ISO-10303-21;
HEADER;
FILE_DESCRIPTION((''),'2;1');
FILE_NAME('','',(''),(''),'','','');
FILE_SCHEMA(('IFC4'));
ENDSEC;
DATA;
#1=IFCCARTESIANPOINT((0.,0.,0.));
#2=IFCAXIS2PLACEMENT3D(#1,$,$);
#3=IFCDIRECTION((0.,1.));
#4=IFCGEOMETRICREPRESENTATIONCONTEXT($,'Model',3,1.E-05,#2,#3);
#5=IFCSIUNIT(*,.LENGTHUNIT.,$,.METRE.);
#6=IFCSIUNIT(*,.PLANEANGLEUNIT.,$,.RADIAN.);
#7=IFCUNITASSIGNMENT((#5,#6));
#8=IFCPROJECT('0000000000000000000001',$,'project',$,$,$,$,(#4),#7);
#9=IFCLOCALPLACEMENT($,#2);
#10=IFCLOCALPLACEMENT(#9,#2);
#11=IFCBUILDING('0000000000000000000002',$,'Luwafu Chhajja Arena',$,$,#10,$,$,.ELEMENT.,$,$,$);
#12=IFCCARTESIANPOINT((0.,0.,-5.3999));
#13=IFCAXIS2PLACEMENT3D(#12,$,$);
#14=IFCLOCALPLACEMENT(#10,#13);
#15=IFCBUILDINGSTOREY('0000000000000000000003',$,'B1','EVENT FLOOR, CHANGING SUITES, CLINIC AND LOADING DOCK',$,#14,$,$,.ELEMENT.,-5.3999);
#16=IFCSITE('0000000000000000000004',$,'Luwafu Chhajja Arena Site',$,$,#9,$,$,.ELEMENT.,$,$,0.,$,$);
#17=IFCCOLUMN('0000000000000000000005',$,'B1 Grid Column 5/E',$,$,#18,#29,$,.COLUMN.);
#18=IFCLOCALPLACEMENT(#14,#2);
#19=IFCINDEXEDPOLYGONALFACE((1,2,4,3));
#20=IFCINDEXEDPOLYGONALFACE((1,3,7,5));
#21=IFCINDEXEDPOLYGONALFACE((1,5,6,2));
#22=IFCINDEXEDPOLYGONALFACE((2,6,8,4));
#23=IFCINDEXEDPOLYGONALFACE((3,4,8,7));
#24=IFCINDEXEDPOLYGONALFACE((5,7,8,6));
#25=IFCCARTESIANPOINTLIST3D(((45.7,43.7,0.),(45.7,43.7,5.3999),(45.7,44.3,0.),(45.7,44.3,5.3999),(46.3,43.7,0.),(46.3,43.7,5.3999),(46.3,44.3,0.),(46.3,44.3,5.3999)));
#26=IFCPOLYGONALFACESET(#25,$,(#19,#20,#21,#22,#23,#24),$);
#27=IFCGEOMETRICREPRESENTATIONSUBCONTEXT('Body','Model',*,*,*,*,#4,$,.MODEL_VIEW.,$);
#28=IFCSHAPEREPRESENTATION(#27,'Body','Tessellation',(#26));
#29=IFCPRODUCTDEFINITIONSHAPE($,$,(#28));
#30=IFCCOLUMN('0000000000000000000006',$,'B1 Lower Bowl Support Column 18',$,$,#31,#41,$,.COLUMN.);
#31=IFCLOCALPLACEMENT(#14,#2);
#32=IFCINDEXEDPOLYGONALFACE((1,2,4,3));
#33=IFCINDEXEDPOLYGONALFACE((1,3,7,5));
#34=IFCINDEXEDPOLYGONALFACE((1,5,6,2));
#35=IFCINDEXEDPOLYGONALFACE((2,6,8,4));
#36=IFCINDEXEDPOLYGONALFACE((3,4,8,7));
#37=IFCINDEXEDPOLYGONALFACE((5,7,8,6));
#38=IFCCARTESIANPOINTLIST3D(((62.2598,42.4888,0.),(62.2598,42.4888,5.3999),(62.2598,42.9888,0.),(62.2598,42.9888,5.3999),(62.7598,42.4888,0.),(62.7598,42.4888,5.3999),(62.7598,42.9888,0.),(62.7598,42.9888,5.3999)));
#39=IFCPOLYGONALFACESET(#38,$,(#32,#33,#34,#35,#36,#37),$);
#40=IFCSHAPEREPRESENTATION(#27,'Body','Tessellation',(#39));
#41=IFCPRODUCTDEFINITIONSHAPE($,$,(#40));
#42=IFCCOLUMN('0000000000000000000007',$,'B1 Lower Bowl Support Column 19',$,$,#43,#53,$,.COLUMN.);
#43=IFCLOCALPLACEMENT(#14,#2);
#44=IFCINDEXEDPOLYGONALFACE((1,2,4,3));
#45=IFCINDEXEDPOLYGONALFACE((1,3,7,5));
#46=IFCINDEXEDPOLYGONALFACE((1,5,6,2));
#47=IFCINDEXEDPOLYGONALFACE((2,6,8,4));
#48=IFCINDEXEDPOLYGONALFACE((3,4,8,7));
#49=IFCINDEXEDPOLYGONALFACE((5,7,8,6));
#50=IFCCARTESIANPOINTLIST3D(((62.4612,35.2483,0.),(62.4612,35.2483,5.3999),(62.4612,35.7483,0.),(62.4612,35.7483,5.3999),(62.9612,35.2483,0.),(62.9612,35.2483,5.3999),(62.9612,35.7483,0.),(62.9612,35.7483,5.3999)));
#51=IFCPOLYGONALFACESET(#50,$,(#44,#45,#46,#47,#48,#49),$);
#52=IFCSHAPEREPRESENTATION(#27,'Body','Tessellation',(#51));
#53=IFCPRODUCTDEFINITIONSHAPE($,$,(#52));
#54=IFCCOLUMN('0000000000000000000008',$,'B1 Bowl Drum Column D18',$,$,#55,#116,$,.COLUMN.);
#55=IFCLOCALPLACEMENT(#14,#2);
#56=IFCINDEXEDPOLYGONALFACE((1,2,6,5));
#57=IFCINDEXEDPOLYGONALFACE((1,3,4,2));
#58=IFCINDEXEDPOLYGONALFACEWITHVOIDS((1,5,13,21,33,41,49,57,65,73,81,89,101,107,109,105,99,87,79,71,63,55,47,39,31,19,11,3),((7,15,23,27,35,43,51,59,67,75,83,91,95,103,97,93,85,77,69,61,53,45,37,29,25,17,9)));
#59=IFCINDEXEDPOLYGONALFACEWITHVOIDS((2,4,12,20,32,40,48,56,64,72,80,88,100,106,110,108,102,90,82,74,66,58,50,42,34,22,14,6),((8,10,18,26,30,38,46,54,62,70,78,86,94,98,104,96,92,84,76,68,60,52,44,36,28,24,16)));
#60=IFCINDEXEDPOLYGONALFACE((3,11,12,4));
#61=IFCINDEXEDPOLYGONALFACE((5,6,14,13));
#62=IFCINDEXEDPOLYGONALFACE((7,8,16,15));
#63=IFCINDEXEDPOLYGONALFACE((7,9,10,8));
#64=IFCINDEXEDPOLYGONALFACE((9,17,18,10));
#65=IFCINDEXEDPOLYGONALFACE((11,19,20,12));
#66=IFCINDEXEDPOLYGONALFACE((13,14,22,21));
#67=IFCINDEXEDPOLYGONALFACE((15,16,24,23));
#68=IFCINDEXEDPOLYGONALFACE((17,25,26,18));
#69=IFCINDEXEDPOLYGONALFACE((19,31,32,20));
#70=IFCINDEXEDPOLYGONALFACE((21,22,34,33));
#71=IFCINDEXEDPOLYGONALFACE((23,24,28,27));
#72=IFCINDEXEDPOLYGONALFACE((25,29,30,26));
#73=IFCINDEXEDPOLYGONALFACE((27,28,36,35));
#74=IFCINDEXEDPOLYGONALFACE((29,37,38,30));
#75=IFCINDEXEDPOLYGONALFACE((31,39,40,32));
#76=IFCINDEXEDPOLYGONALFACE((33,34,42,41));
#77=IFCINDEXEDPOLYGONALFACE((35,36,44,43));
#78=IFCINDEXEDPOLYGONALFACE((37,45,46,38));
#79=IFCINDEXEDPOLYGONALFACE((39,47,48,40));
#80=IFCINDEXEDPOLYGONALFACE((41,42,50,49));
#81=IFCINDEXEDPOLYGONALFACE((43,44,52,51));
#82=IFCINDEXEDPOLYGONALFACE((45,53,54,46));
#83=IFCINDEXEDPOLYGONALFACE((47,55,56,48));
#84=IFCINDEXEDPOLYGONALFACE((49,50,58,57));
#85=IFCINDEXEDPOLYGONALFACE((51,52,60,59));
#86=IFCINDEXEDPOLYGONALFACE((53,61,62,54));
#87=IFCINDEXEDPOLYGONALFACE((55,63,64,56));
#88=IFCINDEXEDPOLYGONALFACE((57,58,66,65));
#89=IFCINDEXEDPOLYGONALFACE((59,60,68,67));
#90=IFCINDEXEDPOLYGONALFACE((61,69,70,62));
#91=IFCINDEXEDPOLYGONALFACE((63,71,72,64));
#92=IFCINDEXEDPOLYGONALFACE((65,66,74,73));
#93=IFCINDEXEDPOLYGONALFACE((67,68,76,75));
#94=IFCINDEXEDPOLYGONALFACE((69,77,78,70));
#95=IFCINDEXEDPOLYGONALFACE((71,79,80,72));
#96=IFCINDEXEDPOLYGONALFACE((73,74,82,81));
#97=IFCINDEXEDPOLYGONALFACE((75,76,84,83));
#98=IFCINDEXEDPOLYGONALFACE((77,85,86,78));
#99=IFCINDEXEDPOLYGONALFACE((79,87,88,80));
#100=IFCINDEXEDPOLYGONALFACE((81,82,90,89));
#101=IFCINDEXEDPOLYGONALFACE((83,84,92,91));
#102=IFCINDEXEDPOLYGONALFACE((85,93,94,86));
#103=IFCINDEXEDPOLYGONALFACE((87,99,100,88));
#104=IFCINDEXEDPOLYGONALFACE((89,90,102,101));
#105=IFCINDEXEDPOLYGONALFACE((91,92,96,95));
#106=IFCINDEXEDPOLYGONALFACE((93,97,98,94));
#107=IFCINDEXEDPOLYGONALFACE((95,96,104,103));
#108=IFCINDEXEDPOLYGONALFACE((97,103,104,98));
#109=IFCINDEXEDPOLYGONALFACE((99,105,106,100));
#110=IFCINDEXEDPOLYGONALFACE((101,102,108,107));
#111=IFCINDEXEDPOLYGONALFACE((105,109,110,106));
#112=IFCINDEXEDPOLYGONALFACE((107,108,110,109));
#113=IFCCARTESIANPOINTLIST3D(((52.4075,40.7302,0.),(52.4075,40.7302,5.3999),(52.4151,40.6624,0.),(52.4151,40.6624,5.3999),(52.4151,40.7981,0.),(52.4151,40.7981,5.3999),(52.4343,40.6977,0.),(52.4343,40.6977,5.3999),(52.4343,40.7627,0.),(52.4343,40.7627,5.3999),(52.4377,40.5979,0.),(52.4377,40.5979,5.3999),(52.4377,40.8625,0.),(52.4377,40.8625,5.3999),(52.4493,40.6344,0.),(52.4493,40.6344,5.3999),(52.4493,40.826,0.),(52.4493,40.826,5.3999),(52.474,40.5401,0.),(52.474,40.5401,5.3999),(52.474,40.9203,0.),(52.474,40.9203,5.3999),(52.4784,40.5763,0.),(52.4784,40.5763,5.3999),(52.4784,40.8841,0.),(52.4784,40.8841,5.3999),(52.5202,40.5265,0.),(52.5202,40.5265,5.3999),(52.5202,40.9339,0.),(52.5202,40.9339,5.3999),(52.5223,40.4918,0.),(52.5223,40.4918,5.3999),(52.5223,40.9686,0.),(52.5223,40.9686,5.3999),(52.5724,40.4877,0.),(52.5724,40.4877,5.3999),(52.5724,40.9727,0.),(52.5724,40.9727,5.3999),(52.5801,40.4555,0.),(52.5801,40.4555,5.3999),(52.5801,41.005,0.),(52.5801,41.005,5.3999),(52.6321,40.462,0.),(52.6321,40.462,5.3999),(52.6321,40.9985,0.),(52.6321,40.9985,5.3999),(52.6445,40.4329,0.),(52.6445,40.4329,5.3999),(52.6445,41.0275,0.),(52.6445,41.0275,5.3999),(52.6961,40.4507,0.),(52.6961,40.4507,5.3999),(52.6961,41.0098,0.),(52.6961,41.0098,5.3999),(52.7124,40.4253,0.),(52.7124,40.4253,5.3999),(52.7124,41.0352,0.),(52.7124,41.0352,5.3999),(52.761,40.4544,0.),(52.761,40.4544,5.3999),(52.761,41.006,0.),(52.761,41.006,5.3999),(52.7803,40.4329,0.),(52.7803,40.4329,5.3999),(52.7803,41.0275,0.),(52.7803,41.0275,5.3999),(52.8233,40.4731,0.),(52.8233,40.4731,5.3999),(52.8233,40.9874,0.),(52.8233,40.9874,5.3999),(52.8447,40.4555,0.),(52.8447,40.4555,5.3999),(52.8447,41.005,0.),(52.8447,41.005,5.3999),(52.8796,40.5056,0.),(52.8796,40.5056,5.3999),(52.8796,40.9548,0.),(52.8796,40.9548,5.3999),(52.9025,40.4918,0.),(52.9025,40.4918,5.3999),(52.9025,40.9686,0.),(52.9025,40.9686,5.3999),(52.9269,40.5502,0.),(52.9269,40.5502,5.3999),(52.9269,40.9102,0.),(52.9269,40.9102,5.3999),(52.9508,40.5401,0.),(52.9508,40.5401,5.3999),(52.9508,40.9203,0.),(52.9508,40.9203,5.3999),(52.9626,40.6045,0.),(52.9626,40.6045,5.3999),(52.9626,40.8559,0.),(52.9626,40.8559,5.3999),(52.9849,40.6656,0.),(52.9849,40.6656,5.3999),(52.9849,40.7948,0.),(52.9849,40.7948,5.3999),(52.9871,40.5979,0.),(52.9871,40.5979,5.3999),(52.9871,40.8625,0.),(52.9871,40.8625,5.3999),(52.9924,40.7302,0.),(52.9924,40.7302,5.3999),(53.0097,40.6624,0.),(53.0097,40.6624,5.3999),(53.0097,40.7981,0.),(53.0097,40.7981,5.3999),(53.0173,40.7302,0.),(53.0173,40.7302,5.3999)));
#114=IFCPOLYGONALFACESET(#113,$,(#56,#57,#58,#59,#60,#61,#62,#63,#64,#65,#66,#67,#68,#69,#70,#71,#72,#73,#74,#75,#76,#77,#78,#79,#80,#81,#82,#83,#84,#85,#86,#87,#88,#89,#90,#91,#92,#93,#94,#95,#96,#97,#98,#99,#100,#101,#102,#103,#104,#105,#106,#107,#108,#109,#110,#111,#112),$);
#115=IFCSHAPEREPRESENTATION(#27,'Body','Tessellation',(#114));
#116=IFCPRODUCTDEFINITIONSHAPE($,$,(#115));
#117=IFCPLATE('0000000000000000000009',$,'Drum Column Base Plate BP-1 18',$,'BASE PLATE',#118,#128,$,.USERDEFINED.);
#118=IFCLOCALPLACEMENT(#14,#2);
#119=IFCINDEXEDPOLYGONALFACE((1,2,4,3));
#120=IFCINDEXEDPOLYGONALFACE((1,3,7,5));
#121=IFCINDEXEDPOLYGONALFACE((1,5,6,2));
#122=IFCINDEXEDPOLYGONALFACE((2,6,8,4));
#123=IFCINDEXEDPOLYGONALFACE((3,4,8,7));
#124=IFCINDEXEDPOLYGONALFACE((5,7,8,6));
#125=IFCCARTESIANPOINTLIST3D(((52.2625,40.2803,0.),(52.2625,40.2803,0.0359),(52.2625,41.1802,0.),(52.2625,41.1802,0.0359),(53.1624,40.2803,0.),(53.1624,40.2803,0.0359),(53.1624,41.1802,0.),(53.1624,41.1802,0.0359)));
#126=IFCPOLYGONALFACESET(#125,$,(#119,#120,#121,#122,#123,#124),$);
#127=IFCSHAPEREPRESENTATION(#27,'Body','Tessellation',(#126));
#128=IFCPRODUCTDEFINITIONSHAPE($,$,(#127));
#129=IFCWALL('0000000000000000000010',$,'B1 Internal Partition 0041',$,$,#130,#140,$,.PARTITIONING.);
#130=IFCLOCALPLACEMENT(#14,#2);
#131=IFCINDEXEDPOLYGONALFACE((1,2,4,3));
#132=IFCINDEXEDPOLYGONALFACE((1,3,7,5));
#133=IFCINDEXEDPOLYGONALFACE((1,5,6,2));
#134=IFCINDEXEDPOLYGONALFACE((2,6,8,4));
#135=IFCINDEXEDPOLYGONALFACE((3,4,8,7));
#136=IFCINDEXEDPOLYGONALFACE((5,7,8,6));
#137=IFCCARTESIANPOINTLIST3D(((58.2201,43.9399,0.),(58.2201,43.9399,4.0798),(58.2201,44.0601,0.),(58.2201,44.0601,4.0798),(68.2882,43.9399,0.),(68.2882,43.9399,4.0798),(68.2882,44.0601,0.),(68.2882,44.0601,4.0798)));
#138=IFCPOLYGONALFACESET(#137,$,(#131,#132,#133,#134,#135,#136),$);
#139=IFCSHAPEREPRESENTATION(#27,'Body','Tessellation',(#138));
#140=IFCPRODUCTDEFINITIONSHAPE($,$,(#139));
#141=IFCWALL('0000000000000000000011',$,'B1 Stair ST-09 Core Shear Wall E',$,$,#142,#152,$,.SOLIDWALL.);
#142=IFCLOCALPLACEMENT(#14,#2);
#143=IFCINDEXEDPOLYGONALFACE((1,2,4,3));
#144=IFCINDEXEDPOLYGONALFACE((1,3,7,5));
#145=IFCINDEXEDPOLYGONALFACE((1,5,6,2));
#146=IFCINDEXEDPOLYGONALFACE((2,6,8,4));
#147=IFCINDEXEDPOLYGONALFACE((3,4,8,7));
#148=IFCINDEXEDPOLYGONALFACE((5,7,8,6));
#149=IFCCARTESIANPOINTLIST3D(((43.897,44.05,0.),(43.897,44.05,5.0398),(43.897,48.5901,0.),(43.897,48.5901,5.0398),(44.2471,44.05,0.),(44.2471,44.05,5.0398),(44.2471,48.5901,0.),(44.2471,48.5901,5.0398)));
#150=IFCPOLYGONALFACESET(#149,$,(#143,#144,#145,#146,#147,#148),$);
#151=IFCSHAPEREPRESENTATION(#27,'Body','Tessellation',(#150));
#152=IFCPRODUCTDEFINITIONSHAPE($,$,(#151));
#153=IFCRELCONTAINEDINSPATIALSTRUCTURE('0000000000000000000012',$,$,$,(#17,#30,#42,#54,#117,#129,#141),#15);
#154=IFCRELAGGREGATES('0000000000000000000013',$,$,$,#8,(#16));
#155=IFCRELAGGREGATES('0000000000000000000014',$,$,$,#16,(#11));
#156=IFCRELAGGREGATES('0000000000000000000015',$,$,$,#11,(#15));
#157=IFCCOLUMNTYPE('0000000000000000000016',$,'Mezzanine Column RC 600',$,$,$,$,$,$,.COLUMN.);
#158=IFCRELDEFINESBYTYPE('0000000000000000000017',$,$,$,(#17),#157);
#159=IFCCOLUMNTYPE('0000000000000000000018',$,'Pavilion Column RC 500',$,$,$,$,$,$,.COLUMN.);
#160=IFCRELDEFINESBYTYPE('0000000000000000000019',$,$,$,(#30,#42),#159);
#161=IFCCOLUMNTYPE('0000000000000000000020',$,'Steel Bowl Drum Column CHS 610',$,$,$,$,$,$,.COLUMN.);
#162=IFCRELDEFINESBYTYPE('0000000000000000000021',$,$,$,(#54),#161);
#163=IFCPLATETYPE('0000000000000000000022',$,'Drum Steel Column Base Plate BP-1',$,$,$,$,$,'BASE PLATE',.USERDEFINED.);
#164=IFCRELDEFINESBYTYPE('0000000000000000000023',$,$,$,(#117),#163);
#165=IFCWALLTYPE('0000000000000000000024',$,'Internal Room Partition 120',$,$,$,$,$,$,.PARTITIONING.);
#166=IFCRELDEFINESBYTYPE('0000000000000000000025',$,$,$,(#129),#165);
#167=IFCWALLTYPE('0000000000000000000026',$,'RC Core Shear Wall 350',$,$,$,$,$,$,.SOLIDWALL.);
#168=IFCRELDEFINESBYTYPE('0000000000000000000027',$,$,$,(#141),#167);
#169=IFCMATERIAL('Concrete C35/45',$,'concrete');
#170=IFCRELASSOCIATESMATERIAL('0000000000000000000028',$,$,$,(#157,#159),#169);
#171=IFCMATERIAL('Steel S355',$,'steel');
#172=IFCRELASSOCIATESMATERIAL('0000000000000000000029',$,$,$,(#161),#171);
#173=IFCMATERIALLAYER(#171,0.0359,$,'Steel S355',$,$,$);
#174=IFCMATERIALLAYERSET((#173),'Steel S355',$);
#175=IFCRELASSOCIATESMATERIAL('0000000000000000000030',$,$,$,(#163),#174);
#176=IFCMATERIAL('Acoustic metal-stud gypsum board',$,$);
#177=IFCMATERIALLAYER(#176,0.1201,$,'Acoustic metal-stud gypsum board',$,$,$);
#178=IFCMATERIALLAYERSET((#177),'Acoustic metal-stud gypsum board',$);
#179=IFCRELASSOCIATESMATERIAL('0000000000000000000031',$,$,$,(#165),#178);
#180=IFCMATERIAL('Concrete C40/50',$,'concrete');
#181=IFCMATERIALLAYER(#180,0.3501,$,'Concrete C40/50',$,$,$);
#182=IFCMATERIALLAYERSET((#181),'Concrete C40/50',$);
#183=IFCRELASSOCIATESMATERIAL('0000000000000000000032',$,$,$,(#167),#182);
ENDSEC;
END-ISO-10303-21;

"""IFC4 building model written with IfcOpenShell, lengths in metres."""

from ifc_helpers import new_model, si_unit, direction, frame, frame_2d, origin, origin_2d, place, context, subcontext, project, spatial, rectangle, hollow_circle, extrude, material, layer, layer_set, material_profile, profile_set, type_object, element, save


model = new_model("IFC4")

# Units and contexts
model_context = context("Model", 3, precision=1e-05, world=origin(), true_north=direction((0.0, 1.0)))
body_context = subcontext(model_context, "Body", "Model", "MODEL_VIEW")
ifc_project = project(units=[si_unit("LENGTHUNIT", "METRE"), si_unit("PLANEANGLEUNIT", "RADIAN")], contexts=[model_context])

# Site, building, storey
site_placement = place(None, origin())
site = spatial("IfcSite", under=ifc_project, at=site_placement, Name="Luwafu Chhajja Arena Site", CompositionType="ELEMENT", RefElevation=0.0)
building_placement = place(site_placement, origin())
building = spatial("IfcBuilding", under=site, at=building_placement, Name="Luwafu Chhajja Arena", CompositionType="ELEMENT")
storey_placement = place(building_placement, frame((0.0, 0.0, -5.3999)))
storey = spatial("IfcBuildingStorey", under=building, at=storey_placement, Name="B1", Description="EVENT FLOOR, CHANGING SUITES, CLINIC AND LOADING DOCK", CompositionType="ELEMENT", Elevation=-5.3999)

# Shared definitions
ifc_material_1 = material(Name="Concrete C35/45", Category="concrete")

# Columns
ifc_material_2 = material(Name="Concrete C40/50", Category="concrete")
ifc_material_profile_1 = material_profile(ifc_material_1, rectangle(XDim=0.6001, YDim=0.6001, at=origin_2d()), Name="RC 600x600")
ifc_profile_set_1 = profile_set([ifc_material_profile_1], Name="Concrete C35/45")
column_type_1 = type_object("IfcColumnType", Name="Mezzanine Column RC 600", PredefinedType="COLUMN", material=ifc_profile_set_1)
column_1_placement = place(storey_placement, frame((46.0, 44.0, 0.0), z_axis=(0.0, 0.0, 1.0), x_axis=(1.0, 0.0, 0.0)))
element("IfcColumn", 1, at=column_1_placement, inside=storey, type_object=column_type_1, Name="B1 Grid Column 5/E", PredefinedType="COLUMN", context=body_context, shape_type="SweptSolid", body=[
    extrude(rectangle(XDim=0.6001, YDim=0.6001, at=origin_2d()), origin(), (0.0, 0.0, 1.0), 5.3999),
])
ifc_material_profile_2 = material_profile(ifc_material_1, rectangle(XDim=0.5, YDim=0.5, at=origin_2d()), Name="RC 500x500")
ifc_profile_set_2 = profile_set([ifc_material_profile_2], Name="Concrete C35/45")
column_type_2 = type_object("IfcColumnType", Name="Pavilion Column RC 500", PredefinedType="COLUMN", material=ifc_profile_set_2)
for number, where, z_axis, x_axis, name in (
    (2, (62.5098, 42.7388, 0.0), (0.0, 0.0, 1.0), (1.0, 0.0, 0.0), "B1 Lower Bowl Support Column 18"),
    (3, (62.7112, 35.4983, 0.0), (0.0, 0.0, 1.0), (1.0, 0.0, 0.0), "B1 Lower Bowl Support Column 19"),
):
    element("IfcColumn", number, at=place(storey_placement, frame(where, z_axis=z_axis, x_axis=x_axis)), inside=storey, type_object=column_type_2, Name=name, PredefinedType="COLUMN", context=body_context, shape_type="SweptSolid", body=[
        extrude(rectangle(XDim=0.5, YDim=0.5, at=origin_2d()), origin(), (0.0, 0.0, 1.0), 5.3999),
    ])
ifc_material_3 = material(Name="Steel S355", Category="steel")
ifc_material_profile_3 = material_profile(ifc_material_3, hollow_circle(Radius=0.3049, WallThickness=0.0249, at=origin_2d()), Name="CHS 610x25")
ifc_profile_set_3 = profile_set([ifc_material_profile_3], Name="Steel S355")
column_type_3 = type_object("IfcColumnType", Name="Steel Bowl Drum Column CHS 610", PredefinedType="COLUMN", material=ifc_profile_set_3)
column_2_placement = place(storey_placement, frame((52.7124, 40.7302, 0.0), z_axis=(0.0, 0.0, 1.0), x_axis=(1.0, 0.0, 0.0)))
element("IfcColumn", 4, at=column_2_placement, inside=storey, type_object=column_type_3, Name="B1 Bowl Drum Column D18", PredefinedType="COLUMN", context=body_context, shape_type="SweptSolid", body=[
    extrude(hollow_circle(Radius=0.3049, WallThickness=0.0249, at=origin_2d()), origin(), (0.0, 0.0, 1.0), 5.3999),
])

# Plate
ifc_layer_1 = layer(ifc_material_3, 0.0359, Name="Steel S355")
ifc_layer_set_1 = layer_set([ifc_layer_1], Name="Steel S355")
plate_type = type_object("IfcPlateType", Name="Drum Steel Column Base Plate BP-1", ElementType="BASE PLATE", PredefinedType="USERDEFINED", material=ifc_layer_set_1)
plate_placement = place(storey_placement, frame((52.7124, 40.7302, 0.0), z_axis=(0.0, 0.0, 1.0), x_axis=(1.0, 0.0, 0.0)))
element("IfcPlate", 5, at=plate_placement, inside=storey, type_object=plate_type, Name="Drum Column Base Plate BP-1 18", ObjectType="BASE PLATE", PredefinedType="USERDEFINED", context=body_context, shape_type="SweptSolid", body=[
    extrude(rectangle(XDim=0.8999, YDim=0.8999, at=origin_2d()), origin(), (0.0, 0.0, 1.0), 0.0359),
])

# Walls
ifc_material_4 = material(Name="Acoustic metal-stud gypsum board")
ifc_layer_2 = layer(ifc_material_4, 0.1201, Name="Acoustic metal-stud gypsum board")
ifc_layer_set_2 = layer_set([ifc_layer_2], Name="Acoustic metal-stud gypsum board")
wall_type_1 = type_object("IfcWallType", Name="Internal Room Partition 120", PredefinedType="PARTITIONING", material=ifc_layer_set_2)
wall_1_placement = place(storey_placement, frame((58.22, 44.0, 0.0), z_axis=(0.0, 0.0, 1.0), x_axis=(1.0, 0.0, 0.0)))
element("IfcWall", 6, at=wall_1_placement, inside=storey, type_object=wall_type_1, Name="B1 Internal Partition 0041", PredefinedType="PARTITIONING", context=body_context, shape_type="SweptSolid", body=[
    extrude(rectangle(XDim=10.0681, YDim=0.1201, at=frame_2d((5.0342, 0.0))), origin(), (0.0, 0.0, 1.0), 4.0798),
])
ifc_layer_3 = layer(ifc_material_2, 0.3501, Name="Concrete C40/50")
ifc_layer_set_3 = layer_set([ifc_layer_3], Name="Concrete C40/50")
wall_type_2 = type_object("IfcWallType", Name="RC Core Shear Wall 350", PredefinedType="SOLIDWALL", material=ifc_layer_set_3)
wall_2_placement = place(storey_placement, frame((44.072, 44.05, 0.0), z_axis=(0.0, 0.0, 1.0), x_axis=(0.0, 1.0, 0.0)))
element("IfcWall", 7, at=wall_2_placement, inside=storey, type_object=wall_type_2, Name="B1 Stair ST-09 Core Shear Wall E", PredefinedType="SOLIDWALL", context=body_context, shape_type="SweptSolid", body=[
    extrude(rectangle(XDim=4.54, YDim=0.3501, at=frame_2d((2.27, 0.0))), origin(), (0.0, 0.0, 1.0), 5.0398),
])

save(model, "model.ifc")
